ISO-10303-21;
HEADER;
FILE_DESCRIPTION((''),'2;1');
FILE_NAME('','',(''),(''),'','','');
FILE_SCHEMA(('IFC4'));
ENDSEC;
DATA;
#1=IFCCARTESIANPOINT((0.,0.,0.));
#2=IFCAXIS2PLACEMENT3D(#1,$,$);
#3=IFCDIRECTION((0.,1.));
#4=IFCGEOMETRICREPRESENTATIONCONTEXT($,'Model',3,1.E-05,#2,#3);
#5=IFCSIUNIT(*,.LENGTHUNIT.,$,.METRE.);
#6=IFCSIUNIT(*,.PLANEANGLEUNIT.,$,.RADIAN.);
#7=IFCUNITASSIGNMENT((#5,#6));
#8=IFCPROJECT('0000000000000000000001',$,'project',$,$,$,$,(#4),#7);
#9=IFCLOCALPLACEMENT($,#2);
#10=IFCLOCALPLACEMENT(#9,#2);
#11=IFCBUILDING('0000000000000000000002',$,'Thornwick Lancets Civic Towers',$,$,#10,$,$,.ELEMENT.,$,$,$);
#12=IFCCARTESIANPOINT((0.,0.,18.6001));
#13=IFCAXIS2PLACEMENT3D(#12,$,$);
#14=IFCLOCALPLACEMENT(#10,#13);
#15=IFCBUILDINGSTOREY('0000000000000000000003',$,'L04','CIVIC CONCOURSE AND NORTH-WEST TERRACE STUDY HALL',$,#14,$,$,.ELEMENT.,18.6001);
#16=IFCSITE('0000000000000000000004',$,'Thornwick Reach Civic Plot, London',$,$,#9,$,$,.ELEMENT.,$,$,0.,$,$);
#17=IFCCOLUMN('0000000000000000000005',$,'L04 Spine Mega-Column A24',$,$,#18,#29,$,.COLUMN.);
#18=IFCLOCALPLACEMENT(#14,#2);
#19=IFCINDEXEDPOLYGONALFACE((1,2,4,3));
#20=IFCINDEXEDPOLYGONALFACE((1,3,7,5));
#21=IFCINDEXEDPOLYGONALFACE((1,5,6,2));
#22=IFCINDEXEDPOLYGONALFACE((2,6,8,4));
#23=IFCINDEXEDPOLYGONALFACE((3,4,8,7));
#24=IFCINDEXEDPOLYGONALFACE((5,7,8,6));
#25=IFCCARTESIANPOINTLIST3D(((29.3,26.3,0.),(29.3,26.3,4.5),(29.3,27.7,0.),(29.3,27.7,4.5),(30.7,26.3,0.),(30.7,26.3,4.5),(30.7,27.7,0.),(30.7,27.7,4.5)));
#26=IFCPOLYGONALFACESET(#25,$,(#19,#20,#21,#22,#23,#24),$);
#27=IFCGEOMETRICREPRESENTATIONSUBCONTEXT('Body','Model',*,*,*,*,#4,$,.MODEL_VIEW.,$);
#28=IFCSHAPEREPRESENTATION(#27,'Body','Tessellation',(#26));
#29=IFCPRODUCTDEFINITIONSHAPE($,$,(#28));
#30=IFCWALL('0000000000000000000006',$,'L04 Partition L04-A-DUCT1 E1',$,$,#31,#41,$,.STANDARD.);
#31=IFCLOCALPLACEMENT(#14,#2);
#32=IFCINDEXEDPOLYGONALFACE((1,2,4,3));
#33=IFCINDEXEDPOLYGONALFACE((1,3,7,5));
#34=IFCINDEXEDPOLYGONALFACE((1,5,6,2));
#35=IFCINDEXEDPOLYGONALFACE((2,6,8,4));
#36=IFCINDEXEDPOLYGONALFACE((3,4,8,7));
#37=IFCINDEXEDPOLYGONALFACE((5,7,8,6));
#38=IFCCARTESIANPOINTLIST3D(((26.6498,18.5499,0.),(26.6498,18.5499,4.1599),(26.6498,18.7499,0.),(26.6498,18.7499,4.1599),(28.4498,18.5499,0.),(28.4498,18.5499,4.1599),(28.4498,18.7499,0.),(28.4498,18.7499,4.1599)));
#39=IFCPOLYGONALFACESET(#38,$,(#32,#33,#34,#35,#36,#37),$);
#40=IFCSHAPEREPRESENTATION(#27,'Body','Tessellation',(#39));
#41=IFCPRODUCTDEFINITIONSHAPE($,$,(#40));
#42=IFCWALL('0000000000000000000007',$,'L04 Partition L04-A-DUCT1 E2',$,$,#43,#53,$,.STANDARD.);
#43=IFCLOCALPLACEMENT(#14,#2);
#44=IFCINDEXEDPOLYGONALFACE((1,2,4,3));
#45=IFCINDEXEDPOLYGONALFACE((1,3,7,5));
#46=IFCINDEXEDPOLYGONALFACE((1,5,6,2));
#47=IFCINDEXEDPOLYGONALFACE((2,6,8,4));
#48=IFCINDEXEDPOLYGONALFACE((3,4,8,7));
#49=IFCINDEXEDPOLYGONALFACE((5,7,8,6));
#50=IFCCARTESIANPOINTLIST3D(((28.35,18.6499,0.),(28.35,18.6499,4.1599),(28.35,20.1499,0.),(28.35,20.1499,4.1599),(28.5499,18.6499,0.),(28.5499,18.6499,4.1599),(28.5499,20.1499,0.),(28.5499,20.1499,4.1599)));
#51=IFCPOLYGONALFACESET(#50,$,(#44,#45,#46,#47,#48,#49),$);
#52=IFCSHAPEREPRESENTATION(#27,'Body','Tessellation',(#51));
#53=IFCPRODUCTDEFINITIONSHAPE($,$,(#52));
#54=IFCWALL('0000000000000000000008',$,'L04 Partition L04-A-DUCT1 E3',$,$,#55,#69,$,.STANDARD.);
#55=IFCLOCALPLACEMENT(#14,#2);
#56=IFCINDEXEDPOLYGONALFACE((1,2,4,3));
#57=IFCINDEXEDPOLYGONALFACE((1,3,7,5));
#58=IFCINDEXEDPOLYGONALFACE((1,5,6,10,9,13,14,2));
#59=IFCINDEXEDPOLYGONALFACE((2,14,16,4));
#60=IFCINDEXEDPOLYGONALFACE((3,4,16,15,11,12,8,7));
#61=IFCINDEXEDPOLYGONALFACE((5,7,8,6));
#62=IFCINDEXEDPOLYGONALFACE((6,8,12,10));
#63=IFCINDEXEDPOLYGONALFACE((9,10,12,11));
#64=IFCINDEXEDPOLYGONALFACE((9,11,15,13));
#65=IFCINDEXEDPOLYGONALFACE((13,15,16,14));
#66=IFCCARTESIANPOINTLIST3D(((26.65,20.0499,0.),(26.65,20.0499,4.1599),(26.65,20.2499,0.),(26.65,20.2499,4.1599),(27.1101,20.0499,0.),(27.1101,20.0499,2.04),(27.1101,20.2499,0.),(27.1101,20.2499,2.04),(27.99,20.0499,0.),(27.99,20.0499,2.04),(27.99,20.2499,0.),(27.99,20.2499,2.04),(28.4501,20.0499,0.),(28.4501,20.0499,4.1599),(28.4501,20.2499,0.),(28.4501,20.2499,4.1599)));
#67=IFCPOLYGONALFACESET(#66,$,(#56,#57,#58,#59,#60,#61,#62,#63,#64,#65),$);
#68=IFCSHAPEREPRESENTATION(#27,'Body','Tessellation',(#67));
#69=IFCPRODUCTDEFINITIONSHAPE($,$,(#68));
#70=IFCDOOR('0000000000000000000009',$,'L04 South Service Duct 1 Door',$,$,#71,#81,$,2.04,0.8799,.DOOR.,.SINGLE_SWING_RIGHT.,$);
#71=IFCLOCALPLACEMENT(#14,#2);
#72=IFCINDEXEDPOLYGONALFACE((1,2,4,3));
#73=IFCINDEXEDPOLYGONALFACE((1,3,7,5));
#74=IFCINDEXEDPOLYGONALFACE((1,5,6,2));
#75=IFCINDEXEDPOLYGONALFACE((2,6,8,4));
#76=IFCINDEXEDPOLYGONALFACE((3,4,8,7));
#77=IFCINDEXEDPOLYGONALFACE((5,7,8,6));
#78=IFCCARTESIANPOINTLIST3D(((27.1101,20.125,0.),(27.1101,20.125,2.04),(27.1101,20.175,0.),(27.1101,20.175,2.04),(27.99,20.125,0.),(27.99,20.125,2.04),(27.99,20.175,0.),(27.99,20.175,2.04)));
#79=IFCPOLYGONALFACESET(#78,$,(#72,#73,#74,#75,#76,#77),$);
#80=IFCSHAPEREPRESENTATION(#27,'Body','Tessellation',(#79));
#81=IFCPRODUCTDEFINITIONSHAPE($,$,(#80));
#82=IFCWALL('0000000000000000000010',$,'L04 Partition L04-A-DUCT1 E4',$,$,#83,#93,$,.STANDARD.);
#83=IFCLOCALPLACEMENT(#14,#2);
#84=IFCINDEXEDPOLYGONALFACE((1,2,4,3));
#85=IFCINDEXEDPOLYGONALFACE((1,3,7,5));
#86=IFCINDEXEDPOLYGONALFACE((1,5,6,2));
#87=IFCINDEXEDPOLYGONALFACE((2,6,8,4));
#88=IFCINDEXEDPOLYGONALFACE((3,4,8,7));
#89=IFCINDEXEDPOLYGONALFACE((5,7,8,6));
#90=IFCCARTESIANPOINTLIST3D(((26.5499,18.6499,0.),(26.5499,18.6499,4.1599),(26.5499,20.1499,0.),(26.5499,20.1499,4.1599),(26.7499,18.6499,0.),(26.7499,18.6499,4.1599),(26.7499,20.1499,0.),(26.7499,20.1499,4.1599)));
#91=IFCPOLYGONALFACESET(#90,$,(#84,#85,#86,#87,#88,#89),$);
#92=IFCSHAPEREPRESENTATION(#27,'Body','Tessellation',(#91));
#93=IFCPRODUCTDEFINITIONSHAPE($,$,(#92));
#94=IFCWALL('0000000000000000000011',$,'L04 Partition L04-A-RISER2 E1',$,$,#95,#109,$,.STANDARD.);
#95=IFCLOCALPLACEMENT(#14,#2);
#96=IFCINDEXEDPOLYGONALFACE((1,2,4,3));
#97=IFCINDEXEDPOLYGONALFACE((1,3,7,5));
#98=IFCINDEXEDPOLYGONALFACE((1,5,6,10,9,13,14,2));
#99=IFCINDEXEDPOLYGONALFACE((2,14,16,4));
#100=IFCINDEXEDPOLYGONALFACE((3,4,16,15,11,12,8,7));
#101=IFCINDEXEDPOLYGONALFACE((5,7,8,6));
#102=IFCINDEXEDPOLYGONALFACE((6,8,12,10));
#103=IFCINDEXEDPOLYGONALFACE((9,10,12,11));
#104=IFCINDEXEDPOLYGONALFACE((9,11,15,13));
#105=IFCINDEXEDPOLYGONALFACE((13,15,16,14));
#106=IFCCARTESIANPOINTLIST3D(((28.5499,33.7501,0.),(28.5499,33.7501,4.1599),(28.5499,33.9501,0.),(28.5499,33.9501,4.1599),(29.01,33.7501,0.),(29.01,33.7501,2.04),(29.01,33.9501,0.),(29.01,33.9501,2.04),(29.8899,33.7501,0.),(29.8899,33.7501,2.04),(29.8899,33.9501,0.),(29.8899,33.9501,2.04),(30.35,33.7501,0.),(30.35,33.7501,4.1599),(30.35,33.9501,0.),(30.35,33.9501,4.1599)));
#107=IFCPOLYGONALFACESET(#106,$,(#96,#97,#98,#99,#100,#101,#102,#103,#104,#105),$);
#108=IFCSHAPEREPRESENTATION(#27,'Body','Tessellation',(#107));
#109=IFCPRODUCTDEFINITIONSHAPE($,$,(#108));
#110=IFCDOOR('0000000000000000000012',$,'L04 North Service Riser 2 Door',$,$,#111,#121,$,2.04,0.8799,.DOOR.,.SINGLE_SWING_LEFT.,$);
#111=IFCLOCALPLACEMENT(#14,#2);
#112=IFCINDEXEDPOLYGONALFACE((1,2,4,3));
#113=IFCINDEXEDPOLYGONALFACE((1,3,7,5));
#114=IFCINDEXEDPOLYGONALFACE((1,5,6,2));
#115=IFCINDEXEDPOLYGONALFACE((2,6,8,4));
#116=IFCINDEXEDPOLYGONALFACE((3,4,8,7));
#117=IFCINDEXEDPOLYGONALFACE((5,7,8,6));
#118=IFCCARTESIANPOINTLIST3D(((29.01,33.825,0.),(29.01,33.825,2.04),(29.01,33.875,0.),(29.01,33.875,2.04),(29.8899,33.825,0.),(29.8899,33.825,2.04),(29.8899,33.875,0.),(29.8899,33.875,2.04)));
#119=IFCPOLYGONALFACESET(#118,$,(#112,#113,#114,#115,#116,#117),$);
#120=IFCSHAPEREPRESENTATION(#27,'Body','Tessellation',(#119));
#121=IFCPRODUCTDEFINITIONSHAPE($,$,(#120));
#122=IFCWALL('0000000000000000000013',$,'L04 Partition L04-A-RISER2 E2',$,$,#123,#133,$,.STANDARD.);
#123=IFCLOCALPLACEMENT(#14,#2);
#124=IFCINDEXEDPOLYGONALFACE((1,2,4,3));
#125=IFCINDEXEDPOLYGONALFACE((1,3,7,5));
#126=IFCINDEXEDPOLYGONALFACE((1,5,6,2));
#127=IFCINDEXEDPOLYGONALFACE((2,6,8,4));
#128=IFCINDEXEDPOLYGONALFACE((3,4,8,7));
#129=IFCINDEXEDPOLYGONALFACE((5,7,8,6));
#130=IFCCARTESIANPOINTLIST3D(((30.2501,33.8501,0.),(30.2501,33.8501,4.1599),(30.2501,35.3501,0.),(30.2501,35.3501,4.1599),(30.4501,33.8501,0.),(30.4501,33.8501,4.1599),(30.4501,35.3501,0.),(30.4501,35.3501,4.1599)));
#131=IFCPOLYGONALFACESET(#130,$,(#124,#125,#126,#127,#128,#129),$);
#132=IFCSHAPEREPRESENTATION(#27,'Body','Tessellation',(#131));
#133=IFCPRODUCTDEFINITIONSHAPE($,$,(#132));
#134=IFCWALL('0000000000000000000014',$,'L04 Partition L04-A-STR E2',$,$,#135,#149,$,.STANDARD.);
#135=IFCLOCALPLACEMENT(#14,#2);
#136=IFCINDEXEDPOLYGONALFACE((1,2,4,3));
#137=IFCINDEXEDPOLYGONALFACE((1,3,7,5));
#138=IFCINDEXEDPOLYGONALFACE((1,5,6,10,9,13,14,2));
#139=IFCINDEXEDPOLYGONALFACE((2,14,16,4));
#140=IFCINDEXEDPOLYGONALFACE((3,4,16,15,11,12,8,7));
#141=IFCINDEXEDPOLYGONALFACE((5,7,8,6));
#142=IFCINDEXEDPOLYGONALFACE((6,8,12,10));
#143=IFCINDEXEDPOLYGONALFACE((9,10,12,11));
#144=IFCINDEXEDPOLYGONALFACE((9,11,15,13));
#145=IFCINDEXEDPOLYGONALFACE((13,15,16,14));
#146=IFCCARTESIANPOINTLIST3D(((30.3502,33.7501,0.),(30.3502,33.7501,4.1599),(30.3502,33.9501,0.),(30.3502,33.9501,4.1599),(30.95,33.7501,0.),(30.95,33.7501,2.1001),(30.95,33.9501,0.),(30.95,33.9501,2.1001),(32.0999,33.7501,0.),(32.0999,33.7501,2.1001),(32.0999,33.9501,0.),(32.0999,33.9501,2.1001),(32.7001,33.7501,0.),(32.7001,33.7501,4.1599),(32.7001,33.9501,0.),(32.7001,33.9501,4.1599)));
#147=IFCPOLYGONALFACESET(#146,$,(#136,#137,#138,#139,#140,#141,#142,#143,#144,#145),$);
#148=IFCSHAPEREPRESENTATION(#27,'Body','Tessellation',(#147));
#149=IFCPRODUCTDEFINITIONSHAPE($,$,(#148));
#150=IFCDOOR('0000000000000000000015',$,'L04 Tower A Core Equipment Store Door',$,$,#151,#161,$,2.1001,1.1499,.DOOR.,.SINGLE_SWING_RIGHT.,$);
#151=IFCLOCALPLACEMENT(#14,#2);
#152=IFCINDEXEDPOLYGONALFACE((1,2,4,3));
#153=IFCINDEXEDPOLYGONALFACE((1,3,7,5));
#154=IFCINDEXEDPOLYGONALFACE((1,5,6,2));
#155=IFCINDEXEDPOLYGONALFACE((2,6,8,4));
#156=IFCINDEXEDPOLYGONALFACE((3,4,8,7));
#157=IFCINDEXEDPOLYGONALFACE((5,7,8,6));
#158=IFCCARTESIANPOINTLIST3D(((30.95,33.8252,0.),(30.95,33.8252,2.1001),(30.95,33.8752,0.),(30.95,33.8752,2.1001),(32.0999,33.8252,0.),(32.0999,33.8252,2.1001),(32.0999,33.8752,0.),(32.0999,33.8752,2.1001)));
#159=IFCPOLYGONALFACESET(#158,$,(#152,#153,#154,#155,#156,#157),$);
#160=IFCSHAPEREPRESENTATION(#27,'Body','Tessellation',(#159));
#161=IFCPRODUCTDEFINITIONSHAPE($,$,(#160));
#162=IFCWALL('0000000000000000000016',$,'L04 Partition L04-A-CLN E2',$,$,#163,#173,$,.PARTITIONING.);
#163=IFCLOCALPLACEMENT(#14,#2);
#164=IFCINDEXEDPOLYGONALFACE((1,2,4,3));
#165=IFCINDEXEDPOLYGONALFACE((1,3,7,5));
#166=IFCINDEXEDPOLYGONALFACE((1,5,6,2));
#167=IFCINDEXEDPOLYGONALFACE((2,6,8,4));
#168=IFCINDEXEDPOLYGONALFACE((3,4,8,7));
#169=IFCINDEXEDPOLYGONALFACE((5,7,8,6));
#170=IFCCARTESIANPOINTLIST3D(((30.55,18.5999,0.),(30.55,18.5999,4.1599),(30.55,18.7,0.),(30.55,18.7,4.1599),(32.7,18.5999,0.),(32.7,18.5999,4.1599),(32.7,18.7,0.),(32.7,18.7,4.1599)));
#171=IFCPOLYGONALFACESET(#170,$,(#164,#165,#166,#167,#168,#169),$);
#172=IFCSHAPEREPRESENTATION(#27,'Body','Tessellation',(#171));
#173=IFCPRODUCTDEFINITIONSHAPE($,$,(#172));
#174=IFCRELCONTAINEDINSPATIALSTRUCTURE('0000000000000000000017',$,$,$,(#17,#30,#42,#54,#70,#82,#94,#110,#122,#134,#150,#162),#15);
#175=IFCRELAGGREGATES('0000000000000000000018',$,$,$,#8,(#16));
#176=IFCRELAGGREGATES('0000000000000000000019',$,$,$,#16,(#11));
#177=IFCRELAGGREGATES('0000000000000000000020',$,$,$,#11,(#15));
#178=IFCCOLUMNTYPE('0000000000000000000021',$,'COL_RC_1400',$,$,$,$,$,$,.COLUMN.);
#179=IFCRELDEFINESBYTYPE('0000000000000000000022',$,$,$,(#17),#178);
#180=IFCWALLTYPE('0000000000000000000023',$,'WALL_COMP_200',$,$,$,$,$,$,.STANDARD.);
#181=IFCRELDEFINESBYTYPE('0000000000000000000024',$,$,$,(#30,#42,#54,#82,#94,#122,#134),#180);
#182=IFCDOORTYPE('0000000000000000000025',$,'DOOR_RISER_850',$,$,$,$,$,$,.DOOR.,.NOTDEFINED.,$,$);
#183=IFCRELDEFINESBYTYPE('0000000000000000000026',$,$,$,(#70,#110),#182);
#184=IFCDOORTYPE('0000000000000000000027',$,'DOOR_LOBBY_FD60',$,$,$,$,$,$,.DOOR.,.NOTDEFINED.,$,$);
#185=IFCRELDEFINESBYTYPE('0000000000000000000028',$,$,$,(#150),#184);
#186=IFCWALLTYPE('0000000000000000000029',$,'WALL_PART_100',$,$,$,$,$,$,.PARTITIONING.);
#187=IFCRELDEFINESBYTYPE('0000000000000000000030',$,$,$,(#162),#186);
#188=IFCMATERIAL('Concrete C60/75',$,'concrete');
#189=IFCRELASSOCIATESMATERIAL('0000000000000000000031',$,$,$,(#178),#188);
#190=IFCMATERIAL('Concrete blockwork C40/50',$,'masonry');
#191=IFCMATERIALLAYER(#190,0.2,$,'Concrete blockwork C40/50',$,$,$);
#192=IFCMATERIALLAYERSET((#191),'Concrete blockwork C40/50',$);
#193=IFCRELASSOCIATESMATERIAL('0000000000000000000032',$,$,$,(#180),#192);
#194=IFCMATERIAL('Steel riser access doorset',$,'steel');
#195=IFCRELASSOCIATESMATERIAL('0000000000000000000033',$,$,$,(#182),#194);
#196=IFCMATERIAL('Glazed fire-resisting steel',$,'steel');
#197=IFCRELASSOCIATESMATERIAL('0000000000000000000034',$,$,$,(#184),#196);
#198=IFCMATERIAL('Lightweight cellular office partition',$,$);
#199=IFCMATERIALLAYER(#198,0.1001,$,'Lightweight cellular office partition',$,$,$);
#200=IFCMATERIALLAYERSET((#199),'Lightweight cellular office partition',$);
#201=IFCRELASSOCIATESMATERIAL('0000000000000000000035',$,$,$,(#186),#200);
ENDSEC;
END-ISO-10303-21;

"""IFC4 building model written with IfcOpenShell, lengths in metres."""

from ifc_helpers import new_model, si_unit, direction, frame, frame_2d, origin, origin_2d, place, context, subcontext, project, spatial, rectangle, extrude, material, layer, layer_set, material_profile, profile_set, type_object, element, fill, save


model = new_model("IFC4")

# Units and contexts
model_context = context("Model", 3, precision=1e-05, world=origin(), true_north=direction((0.0, 1.0)))
body_context = subcontext(model_context, "Body", "Model", "MODEL_VIEW")
ifc_project = project(units=[si_unit("LENGTHUNIT", "METRE"), si_unit("PLANEANGLEUNIT", "RADIAN")], contexts=[model_context])

# Site, building, storey
site_placement = place(None, origin())
site = spatial("IfcSite", under=ifc_project, at=site_placement, Name="Thornwick Reach Civic Plot, London", CompositionType="ELEMENT", RefElevation=0.0)
building_placement = place(site_placement, origin())
building = spatial("IfcBuilding", under=site, at=building_placement, Name="Thornwick Lancets Civic Towers", CompositionType="ELEMENT")
storey_placement = place(building_placement, frame((0.0, 0.0, 18.6001)))
storey = spatial("IfcBuildingStorey", under=building, at=storey_placement, Name="L04", Description="CIVIC CONCOURSE AND NORTH-WEST TERRACE STUDY HALL", CompositionType="ELEMENT", Elevation=18.6001)

# Column
ifc_material_1 = material(Name="Concrete C60/75", Category="concrete")
ifc_material_profile = material_profile(ifc_material_1, rectangle(XDim=1.3999, YDim=1.3999, at=origin_2d()), Name="RC 1400x1400")
ifc_profile_set = profile_set([ifc_material_profile], Name="Concrete C60/75")
column_type = type_object("IfcColumnType", Name="COL_RC_1400", PredefinedType="COLUMN", material=ifc_profile_set)
column_placement = place(storey_placement, frame((30.0, 27.0, 0.0), z_axis=(0.0, 0.0, 1.0), x_axis=(1.0, 0.0, 0.0)))
element("IfcColumn", 1, at=column_placement, inside=storey, type_object=column_type, Name="L04 Spine Mega-Column A24", PredefinedType="COLUMN", context=body_context, shape_type="SweptSolid", body=[
    extrude(rectangle(XDim=1.3999, YDim=1.3999, at=origin_2d()), origin(), (0.0, 0.0, 1.0), 4.5),
])

# Walls
ifc_material_2 = material(Name="Concrete blockwork C40/50", Category="masonry")
ifc_layer_1 = layer(ifc_material_2, 0.2, Name="Concrete blockwork C40/50")
ifc_layer_set_1 = layer_set([ifc_layer_1], Name="Concrete blockwork C40/50")
wall_type_1 = type_object("IfcWallType", Name="WALL_COMP_200", PredefinedType="STANDARD", material=ifc_layer_set_1)
wall_1_placement = place(storey_placement, frame((26.6499, 18.6499, 0.0), z_axis=(0.0, 0.0, 1.0), x_axis=(1.0, 0.0, 0.0)))
element("IfcWall", 2, at=wall_1_placement, inside=storey, type_object=wall_type_1, Name="L04 Partition L04-A-DUCT1 E1", PredefinedType="STANDARD", context=body_context, shape_type="SweptSolid", body=[
    extrude(rectangle(XDim=1.8, YDim=0.2, at=frame_2d((0.8999, 0.0))), origin(), (0.0, 0.0, 1.0), 4.1599),
])
wall_2_placement = place(storey_placement, frame((28.45, 18.6499, 0.0), z_axis=(0.0, 0.0, 1.0), x_axis=(0.0, 1.0, 0.0)))
element("IfcWall", 3, at=wall_2_placement, inside=storey, type_object=wall_type_1, Name="L04 Partition L04-A-DUCT1 E2", PredefinedType="STANDARD", context=body_context, shape_type="SweptSolid", body=[
    extrude(rectangle(XDim=1.5, YDim=0.2, at=frame_2d((0.75, 0.0))), origin(), (0.0, 0.0, 1.0), 4.1599),
])

# Wall, opening, door
wall_3_placement = place(storey_placement, frame((28.45, 20.1499, 0.0), z_axis=(0.0, 0.0, 1.0), x_axis=(-1.0, 0.0, 0.0)))
wall_3 = element("IfcWall", 4, at=wall_3_placement, inside=storey, type_object=wall_type_1, Name="L04 Partition L04-A-DUCT1 E3", PredefinedType="STANDARD", context=body_context, shape_type="SweptSolid", body=[
    extrude(rectangle(XDim=1.8, YDim=0.2, at=frame_2d((0.8999, 0.0))), origin(), (0.0, 0.0, 1.0), 4.1599),
])
opening_1_placement = place(wall_3_placement, frame((0.46, 0.0, 0.0)))
opening_1 = element("IfcOpeningElement", 5, at=opening_1_placement, cuts=wall_3, PredefinedType="OPENING", context=body_context, shape_type="SweptSolid", body=[
    extrude(rectangle(XDim=0.8799, YDim=2.04, at=frame_2d((0.4399, 1.02))), frame((0.0, 0.1099, 0.0), z_axis=(0.0, -1.0, 0.0), x_axis=(1.0, 0.0, 0.0)), (0.0, 0.0, 1.0), 0.22),
])
ifc_material_3 = material(Name="Steel riser access doorset", Category="steel")
door_type_1 = type_object("IfcDoorType", Name="DOOR_RISER_850", OperationType="NOTDEFINED", PredefinedType="DOOR", material=ifc_material_3)
door_1_placement = place(opening_1_placement, origin())
door_1 = element("IfcDoor", 6, at=door_1_placement, inside=storey, type_object=door_type_1, Name="L04 South Service Duct 1 Door", OperationType="SINGLE_SWING_RIGHT", OverallHeight=2.04, OverallWidth=0.8799, PredefinedType="DOOR", context=body_context, shape_type="SweptSolid", body=[
    extrude(rectangle(XDim=0.8799, YDim=2.04, at=frame_2d((0.4399, 1.02))), frame((0.0, 0.0249, 0.0), z_axis=(0.0, -1.0, 0.0), x_axis=(1.0, 0.0, 0.0)), (0.0, 0.0, 1.0), 0.05),
])
fill(opening_1, door_1)

# Wall
wall_4_placement = place(storey_placement, frame((26.6499, 20.1499, 0.0), z_axis=(0.0, 0.0, 1.0), x_axis=(0.0, -1.0, 0.0)))
element("IfcWall", 7, at=wall_4_placement, inside=storey, type_object=wall_type_1, Name="L04 Partition L04-A-DUCT1 E4", PredefinedType="STANDARD", context=body_context, shape_type="SweptSolid", body=[
    extrude(rectangle(XDim=1.5, YDim=0.2, at=frame_2d((0.75, 0.0))), origin(), (0.0, 0.0, 1.0), 4.1599),
])

# Wall, opening, door
wall_5_placement = place(storey_placement, frame((28.55, 33.8501, 0.0), z_axis=(0.0, 0.0, 1.0), x_axis=(1.0, 0.0, 0.0)))
wall_5 = element("IfcWall", 8, at=wall_5_placement, inside=storey, type_object=wall_type_1, Name="L04 Partition L04-A-RISER2 E1", PredefinedType="STANDARD", context=body_context, shape_type="SweptSolid", body=[
    extrude(rectangle(XDim=1.8, YDim=0.2, at=frame_2d((0.8999, 0.0))), origin(), (0.0, 0.0, 1.0), 4.1599),
])
opening_2_placement = place(wall_5_placement, frame((0.46, 0.0, 0.0)))
opening_2 = element("IfcOpeningElement", 9, at=opening_2_placement, cuts=wall_5, PredefinedType="OPENING", context=body_context, shape_type="SweptSolid", body=[
    extrude(rectangle(XDim=0.8799, YDim=2.04, at=frame_2d((0.4399, 1.02))), frame((0.0, 0.1099, 0.0), z_axis=(0.0, -1.0, 0.0), x_axis=(1.0, 0.0, 0.0)), (0.0, 0.0, 1.0), 0.22),
])
door_2_placement = place(opening_2_placement, origin())
door_2 = element("IfcDoor", 10, at=door_2_placement, inside=storey, type_object=door_type_1, Name="L04 North Service Riser 2 Door", OperationType="SINGLE_SWING_LEFT", OverallHeight=2.04, OverallWidth=0.8799, PredefinedType="DOOR", context=body_context, shape_type="SweptSolid", body=[
    extrude(rectangle(XDim=0.8799, YDim=2.04, at=frame_2d((0.4399, 1.02))), frame((0.0, 0.0249, 0.0), z_axis=(0.0, -1.0, 0.0), x_axis=(1.0, 0.0, 0.0)), (0.0, 0.0, 1.0), 0.05),
])
fill(opening_2, door_2)

# Wall
wall_6_placement = place(storey_placement, frame((30.3501, 33.8501, 0.0), z_axis=(0.0, 0.0, 1.0), x_axis=(0.0, 1.0, 0.0)))
element("IfcWall", 11, at=wall_6_placement, inside=storey, type_object=wall_type_1, Name="L04 Partition L04-A-RISER2 E2", PredefinedType="STANDARD", context=body_context, shape_type="SweptSolid", body=[
    extrude(rectangle(XDim=1.5, YDim=0.2, at=frame_2d((0.75, 0.0))), origin(), (0.0, 0.0, 1.0), 4.1599),
])

# Wall, opening, door
wall_7_placement = place(storey_placement, frame((32.7, 33.8501, 0.0), z_axis=(0.0, 0.0, 1.0), x_axis=(-1.0, 0.0, 0.0)))
wall_7 = element("IfcWall", 12, at=wall_7_placement, inside=storey, type_object=wall_type_1, Name="L04 Partition L04-A-STR E2", PredefinedType="STANDARD", context=body_context, shape_type="SweptSolid", body=[
    extrude(rectangle(XDim=2.3499, YDim=0.2, at=frame_2d((1.1748, 0.0))), origin(), (0.0, 0.0, 1.0), 4.1599),
])
opening_3_placement = place(wall_7_placement, frame((0.6001, 0.0, 0.0)))
opening_3 = element("IfcOpeningElement", 13, at=opening_3_placement, cuts=wall_7, PredefinedType="OPENING", context=body_context, shape_type="SweptSolid", body=[
    extrude(rectangle(XDim=1.1499, YDim=2.1001, at=frame_2d((0.575, 1.05))), frame((0.0, 0.1099, 0.0), z_axis=(0.0, -1.0, 0.0), x_axis=(1.0, 0.0, 0.0)), (0.0, 0.0, 1.0), 0.22),
])
ifc_material_4 = material(Name="Glazed fire-resisting steel", Category="steel")
door_type_2 = type_object("IfcDoorType", Name="DOOR_LOBBY_FD60", OperationType="NOTDEFINED", PredefinedType="DOOR", material=ifc_material_4)
door_3_placement = place(opening_3_placement, origin())
door_3 = element("IfcDoor", 14, at=door_3_placement, inside=storey, type_object=door_type_2, Name="L04 Tower A Core Equipment Store Door", OperationType="SINGLE_SWING_RIGHT", OverallHeight=2.1001, OverallWidth=1.1499, PredefinedType="DOOR", context=body_context, shape_type="SweptSolid", body=[
    extrude(rectangle(XDim=1.1499, YDim=2.1001, at=frame_2d((0.575, 1.05))), frame((0.0, 0.0249, 0.0), z_axis=(0.0, -1.0, 0.0), x_axis=(1.0, 0.0, 0.0)), (0.0, 0.0, 1.0), 0.05),
])
fill(opening_3, door_3)

# Wall
ifc_material_5 = material(Name="Lightweight cellular office partition")
ifc_layer_2 = layer(ifc_material_5, 0.1001, Name="Lightweight cellular office partition")
ifc_layer_set_2 = layer_set([ifc_layer_2], Name="Lightweight cellular office partition")
wall_type_2 = type_object("IfcWallType", Name="WALL_PART_100", PredefinedType="PARTITIONING", material=ifc_layer_set_2)
wall_8_placement = place(storey_placement, frame((32.7, 18.6499, 0.0), z_axis=(0.0, 0.0, 1.0), x_axis=(-1.0, 0.0, 0.0)))
element("IfcWall", 15, at=wall_8_placement, inside=storey, type_object=wall_type_2, Name="L04 Partition L04-A-CLN E2", PredefinedType="PARTITIONING", context=body_context, shape_type="SweptSolid", body=[
    extrude(rectangle(XDim=2.1499, YDim=0.1001, at=frame_2d((1.075, 0.0))), origin(), (0.0, 0.0, 1.0), 4.1599),
])

save(model, "model.ifc")
